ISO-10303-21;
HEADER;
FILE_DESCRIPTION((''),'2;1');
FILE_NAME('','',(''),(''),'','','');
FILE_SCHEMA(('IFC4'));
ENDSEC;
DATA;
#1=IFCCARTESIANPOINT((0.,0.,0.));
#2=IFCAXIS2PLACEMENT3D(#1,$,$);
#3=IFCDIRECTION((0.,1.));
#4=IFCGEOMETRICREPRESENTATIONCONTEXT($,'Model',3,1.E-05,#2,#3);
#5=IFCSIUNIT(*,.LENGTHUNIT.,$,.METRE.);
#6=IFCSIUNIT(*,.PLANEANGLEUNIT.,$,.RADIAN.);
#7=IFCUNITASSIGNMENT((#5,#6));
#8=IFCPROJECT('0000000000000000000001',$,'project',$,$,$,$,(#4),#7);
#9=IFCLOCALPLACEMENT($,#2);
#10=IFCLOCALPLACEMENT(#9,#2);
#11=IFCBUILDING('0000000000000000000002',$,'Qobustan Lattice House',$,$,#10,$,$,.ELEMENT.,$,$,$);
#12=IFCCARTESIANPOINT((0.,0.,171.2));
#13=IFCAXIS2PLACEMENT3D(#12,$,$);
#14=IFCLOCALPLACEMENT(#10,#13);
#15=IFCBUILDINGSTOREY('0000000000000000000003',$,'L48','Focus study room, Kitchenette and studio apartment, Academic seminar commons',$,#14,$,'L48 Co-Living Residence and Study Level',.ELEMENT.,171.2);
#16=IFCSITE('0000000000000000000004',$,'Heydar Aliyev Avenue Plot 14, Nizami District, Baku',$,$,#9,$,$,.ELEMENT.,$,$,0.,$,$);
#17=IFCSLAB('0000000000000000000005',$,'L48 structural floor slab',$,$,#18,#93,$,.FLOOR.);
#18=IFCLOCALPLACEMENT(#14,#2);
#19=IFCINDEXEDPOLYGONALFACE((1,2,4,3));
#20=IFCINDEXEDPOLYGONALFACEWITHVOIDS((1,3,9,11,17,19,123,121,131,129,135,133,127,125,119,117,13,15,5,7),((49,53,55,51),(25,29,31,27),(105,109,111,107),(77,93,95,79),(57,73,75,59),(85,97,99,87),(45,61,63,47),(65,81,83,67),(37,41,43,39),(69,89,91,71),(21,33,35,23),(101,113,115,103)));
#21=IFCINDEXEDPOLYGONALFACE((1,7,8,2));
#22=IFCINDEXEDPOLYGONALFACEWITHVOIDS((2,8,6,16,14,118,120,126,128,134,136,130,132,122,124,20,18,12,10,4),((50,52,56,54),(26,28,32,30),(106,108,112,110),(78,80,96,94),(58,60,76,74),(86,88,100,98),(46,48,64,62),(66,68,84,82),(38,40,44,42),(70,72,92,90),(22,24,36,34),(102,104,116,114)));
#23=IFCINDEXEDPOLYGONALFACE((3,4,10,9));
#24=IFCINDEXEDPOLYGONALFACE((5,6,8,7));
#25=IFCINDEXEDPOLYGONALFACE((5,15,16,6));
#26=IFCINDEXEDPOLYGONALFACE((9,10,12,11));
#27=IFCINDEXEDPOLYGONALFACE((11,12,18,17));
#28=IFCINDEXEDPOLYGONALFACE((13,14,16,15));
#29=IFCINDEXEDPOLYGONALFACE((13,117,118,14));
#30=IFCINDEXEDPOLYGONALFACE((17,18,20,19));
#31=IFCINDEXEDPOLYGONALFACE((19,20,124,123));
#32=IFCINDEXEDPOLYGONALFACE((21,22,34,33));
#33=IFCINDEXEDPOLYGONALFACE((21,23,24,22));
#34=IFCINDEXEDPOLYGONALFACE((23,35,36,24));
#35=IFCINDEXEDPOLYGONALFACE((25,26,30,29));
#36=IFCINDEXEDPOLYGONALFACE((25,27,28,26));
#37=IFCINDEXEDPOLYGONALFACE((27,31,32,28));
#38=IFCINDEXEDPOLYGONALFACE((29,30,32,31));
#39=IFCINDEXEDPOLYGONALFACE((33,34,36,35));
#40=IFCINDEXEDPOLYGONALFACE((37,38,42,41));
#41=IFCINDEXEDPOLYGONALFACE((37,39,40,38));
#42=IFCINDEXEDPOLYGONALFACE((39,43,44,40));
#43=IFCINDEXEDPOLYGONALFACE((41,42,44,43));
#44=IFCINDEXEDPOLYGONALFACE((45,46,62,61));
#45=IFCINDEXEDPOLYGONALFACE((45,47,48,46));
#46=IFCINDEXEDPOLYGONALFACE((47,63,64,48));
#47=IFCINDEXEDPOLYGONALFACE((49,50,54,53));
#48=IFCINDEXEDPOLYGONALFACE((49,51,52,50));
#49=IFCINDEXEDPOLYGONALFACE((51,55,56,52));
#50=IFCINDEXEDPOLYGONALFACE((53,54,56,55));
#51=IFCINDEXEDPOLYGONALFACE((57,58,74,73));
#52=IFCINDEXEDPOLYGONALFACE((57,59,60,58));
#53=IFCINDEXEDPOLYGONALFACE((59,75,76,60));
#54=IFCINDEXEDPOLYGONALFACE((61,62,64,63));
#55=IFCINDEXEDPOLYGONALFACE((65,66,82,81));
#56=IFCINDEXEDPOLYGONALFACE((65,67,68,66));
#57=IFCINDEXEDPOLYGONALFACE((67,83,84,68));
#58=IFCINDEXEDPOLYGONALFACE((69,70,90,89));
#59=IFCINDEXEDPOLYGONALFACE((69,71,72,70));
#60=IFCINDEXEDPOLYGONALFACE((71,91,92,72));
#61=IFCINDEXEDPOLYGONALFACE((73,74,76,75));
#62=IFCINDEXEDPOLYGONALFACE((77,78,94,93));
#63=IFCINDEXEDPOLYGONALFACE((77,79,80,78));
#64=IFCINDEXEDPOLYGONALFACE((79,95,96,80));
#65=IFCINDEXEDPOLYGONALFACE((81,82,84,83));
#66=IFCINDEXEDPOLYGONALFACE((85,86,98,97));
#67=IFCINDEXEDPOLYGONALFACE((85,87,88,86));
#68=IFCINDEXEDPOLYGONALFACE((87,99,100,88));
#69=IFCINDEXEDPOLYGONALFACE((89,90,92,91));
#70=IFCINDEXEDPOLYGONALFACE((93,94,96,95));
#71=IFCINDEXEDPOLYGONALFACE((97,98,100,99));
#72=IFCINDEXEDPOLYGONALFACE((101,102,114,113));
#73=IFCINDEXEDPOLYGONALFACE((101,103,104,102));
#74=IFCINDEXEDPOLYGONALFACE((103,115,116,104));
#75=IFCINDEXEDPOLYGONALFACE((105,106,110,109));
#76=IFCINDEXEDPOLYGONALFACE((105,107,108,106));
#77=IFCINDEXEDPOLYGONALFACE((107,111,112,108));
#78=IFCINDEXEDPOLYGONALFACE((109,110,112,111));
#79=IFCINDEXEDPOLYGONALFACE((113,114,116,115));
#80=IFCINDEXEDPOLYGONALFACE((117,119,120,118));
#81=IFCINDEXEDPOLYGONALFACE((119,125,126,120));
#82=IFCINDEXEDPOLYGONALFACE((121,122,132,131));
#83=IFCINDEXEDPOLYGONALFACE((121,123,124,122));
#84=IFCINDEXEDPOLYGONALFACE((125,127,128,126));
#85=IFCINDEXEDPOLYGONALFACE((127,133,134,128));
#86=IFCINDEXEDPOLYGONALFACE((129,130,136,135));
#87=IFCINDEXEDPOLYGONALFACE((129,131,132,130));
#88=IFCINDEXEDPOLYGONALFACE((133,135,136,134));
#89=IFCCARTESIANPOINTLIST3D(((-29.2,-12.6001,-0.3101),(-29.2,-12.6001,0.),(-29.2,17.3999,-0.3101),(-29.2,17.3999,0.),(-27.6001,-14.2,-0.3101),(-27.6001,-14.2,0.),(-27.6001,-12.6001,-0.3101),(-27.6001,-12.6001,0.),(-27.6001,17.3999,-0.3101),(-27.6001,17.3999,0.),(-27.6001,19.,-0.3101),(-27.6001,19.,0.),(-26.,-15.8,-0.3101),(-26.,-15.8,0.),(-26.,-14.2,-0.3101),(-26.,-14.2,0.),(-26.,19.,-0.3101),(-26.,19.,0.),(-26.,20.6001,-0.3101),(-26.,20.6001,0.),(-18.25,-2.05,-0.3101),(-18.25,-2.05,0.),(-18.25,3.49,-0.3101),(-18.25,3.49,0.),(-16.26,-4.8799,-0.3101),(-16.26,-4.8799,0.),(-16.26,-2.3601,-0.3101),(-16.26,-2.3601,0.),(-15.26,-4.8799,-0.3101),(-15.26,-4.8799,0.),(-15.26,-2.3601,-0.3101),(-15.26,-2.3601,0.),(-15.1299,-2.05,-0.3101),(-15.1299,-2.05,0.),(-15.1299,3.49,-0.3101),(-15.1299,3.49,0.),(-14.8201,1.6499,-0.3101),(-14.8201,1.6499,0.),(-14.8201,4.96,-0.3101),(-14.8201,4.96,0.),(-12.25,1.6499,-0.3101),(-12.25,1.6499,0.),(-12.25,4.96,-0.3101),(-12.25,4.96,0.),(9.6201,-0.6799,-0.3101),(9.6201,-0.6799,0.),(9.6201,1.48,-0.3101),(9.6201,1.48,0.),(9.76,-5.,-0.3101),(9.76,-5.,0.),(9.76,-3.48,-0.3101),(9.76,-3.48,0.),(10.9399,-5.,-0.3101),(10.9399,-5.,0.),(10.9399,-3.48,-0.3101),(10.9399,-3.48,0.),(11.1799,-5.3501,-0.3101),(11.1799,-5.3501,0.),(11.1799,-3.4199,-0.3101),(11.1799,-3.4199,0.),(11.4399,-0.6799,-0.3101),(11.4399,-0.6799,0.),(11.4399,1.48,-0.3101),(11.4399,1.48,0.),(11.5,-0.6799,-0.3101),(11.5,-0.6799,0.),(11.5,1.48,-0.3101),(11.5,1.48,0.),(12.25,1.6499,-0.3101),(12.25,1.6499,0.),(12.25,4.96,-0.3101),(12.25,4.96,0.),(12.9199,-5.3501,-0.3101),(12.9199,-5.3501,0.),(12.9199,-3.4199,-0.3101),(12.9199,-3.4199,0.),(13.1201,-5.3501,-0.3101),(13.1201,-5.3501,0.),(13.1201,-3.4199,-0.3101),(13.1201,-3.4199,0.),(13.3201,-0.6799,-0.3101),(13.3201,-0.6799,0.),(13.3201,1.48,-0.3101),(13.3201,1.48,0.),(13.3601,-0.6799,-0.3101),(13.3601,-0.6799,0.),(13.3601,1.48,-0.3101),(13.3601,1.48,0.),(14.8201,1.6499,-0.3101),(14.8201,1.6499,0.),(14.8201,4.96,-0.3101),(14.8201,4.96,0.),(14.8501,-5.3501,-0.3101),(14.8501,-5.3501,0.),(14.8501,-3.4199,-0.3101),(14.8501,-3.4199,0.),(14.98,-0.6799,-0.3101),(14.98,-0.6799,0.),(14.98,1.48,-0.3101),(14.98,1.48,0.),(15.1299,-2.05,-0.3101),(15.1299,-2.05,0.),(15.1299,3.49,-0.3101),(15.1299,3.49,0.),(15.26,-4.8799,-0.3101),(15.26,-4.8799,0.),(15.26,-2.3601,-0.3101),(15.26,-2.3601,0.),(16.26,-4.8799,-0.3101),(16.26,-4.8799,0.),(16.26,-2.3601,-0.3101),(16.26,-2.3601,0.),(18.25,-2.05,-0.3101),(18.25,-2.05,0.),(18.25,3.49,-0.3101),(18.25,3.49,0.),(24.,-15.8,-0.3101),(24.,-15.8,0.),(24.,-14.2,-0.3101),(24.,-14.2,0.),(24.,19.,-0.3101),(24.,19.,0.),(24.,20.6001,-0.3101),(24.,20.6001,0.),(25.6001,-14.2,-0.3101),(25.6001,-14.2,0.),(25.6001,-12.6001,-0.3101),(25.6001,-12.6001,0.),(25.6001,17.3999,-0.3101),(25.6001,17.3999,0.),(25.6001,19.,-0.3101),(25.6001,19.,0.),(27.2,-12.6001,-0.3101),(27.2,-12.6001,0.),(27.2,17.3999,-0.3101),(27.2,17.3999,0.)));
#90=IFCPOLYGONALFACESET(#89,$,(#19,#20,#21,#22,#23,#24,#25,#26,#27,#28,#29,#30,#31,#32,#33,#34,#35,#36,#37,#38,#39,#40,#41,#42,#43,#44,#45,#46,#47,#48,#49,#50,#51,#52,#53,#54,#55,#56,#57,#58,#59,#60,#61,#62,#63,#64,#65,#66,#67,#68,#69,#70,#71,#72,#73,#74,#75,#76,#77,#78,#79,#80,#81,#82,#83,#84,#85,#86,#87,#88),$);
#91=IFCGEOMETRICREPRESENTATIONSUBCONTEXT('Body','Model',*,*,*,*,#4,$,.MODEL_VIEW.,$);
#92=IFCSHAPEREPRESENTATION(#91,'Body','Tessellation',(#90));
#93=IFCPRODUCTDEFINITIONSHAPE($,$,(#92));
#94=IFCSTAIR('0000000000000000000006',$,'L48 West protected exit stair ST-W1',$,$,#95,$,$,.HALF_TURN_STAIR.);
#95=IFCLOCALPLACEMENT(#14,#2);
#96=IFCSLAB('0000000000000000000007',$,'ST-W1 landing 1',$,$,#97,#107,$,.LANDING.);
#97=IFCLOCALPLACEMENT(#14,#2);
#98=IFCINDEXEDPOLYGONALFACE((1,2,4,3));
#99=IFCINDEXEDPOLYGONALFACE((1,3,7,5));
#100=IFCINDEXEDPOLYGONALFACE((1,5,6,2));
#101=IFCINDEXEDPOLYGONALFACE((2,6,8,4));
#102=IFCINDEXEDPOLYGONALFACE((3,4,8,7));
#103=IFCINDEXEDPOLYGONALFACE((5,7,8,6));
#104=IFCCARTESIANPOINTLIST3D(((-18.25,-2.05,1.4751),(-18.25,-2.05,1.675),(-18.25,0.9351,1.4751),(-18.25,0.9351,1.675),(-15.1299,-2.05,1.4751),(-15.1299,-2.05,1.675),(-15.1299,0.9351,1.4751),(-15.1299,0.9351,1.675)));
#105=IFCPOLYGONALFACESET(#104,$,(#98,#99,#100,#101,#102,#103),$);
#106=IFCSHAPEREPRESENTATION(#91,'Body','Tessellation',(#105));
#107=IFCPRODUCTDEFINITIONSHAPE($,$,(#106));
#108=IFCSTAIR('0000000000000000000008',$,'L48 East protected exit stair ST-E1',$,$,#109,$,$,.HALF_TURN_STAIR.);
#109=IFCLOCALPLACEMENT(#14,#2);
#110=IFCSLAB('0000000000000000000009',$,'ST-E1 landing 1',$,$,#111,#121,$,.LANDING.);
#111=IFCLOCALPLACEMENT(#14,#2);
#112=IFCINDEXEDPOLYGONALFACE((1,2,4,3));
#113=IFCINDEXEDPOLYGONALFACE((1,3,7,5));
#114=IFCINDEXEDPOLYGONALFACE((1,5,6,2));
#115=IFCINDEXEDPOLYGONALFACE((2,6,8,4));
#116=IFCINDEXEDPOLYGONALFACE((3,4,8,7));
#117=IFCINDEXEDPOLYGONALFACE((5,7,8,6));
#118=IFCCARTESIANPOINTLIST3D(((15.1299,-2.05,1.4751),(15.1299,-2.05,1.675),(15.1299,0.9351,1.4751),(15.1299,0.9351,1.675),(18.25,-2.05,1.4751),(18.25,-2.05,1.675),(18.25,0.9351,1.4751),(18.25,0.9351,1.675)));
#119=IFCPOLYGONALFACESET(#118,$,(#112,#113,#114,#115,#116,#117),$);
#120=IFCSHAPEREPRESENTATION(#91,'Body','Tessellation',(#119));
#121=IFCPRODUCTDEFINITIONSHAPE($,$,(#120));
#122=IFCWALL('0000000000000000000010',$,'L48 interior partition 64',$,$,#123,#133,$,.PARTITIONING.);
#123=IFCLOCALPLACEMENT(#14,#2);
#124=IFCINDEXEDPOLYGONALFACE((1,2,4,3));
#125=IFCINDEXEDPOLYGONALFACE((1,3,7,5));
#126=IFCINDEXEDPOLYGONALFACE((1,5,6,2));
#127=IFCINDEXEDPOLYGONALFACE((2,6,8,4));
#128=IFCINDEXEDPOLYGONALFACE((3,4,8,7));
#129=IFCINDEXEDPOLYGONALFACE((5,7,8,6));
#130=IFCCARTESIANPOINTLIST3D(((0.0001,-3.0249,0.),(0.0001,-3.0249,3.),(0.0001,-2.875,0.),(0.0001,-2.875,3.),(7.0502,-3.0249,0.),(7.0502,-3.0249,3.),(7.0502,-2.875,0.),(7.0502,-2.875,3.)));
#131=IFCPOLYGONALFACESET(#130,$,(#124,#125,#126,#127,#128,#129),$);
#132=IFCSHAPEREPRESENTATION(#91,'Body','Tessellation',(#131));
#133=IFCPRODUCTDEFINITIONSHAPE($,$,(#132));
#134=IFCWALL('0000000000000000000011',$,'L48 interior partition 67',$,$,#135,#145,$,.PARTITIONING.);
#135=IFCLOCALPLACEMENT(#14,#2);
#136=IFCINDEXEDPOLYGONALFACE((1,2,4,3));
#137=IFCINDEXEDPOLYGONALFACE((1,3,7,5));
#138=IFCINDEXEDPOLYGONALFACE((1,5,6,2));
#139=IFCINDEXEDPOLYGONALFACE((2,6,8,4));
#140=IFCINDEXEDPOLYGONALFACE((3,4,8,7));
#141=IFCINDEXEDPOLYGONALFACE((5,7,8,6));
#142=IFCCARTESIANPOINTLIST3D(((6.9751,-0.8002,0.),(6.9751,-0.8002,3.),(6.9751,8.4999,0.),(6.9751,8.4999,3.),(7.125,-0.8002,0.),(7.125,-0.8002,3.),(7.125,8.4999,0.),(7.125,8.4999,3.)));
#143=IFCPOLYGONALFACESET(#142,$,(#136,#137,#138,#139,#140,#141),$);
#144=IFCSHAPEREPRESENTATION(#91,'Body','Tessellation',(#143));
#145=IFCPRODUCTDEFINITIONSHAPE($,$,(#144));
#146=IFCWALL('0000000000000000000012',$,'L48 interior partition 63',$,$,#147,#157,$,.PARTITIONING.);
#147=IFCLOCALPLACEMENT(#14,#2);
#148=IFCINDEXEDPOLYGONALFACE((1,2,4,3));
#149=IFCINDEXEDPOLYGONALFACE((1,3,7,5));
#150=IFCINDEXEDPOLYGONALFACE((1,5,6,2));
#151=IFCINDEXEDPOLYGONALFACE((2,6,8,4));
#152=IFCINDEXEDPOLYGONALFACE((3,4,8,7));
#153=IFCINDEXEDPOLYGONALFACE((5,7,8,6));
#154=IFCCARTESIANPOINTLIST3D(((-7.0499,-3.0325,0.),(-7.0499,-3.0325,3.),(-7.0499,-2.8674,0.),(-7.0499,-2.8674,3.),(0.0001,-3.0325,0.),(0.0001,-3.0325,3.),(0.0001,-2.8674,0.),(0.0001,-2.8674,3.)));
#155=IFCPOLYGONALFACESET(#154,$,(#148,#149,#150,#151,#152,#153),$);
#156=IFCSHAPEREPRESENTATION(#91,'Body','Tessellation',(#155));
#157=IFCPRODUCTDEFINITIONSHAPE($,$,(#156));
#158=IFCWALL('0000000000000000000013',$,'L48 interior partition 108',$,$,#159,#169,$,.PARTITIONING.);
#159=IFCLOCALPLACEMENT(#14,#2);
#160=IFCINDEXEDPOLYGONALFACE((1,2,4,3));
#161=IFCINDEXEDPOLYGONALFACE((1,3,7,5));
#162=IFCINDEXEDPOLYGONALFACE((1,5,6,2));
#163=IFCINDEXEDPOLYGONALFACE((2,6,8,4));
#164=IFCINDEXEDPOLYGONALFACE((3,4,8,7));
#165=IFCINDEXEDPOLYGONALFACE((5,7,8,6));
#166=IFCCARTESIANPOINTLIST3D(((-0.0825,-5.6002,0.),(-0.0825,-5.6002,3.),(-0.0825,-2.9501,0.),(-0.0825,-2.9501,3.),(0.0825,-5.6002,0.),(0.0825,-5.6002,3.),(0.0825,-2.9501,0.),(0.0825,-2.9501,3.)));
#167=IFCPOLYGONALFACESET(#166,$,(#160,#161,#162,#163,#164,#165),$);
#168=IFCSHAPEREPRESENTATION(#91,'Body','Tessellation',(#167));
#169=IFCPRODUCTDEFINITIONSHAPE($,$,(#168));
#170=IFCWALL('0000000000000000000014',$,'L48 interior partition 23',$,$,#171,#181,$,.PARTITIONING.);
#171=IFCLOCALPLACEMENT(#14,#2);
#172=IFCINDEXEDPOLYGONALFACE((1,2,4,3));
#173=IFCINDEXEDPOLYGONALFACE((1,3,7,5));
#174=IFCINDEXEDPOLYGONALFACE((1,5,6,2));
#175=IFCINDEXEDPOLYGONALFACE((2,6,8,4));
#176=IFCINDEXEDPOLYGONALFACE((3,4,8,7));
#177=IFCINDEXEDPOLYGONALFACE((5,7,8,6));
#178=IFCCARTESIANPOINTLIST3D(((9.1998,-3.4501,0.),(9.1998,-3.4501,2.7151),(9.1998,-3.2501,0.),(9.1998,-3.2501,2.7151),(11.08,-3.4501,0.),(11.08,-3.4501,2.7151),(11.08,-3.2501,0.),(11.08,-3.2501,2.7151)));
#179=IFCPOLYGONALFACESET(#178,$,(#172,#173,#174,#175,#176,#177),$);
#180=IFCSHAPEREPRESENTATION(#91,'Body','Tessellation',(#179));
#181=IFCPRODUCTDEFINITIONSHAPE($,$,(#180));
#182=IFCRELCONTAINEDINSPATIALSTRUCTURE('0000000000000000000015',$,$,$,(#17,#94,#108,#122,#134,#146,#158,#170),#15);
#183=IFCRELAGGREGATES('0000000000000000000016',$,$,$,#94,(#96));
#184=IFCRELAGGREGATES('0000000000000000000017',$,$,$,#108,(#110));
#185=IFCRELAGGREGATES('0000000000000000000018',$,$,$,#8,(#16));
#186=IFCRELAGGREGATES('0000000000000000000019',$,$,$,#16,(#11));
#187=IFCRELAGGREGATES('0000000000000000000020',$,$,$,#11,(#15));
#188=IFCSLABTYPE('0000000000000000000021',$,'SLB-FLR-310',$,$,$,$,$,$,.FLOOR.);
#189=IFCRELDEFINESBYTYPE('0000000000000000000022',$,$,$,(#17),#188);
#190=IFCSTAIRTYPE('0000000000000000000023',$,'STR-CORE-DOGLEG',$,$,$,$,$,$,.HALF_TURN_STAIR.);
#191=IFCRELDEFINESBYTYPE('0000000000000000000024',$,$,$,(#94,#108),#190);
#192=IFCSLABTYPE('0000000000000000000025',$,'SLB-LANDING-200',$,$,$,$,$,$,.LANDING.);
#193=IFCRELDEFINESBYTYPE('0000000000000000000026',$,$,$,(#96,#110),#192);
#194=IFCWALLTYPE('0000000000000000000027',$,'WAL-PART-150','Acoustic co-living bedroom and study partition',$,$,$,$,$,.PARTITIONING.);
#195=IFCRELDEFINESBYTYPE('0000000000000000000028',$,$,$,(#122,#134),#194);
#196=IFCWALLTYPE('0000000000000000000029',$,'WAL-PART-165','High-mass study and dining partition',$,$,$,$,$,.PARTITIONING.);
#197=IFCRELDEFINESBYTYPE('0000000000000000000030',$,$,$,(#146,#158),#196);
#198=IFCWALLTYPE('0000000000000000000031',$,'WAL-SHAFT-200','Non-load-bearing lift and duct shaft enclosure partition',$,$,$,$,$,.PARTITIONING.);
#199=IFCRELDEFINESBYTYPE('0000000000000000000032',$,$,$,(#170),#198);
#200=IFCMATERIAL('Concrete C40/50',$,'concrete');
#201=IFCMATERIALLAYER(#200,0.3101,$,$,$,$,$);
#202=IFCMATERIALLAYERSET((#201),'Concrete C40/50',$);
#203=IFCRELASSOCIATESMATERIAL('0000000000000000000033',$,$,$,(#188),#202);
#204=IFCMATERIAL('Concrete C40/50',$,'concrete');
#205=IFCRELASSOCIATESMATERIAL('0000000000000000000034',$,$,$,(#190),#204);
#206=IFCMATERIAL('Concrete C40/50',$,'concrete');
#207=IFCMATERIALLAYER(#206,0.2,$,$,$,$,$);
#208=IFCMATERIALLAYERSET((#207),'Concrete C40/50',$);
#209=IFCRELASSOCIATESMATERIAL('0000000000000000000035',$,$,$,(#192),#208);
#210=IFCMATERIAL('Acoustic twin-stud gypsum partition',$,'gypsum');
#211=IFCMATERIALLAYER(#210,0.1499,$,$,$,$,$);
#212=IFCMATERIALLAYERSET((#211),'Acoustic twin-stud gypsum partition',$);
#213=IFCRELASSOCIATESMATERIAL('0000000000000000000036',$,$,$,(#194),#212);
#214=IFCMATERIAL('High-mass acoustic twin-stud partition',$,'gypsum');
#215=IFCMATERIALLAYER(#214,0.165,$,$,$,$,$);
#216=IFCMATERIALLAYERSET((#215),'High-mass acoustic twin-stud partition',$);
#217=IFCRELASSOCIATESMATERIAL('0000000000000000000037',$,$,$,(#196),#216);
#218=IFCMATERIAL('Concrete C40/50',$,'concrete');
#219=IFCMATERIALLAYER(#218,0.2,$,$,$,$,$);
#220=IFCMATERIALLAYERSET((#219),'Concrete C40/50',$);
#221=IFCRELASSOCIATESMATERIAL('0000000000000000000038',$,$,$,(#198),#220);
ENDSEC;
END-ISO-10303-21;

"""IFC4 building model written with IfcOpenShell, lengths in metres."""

from ifc_helpers import new_model, si_unit, direction, frame, frame_2d, origin, place, context, subcontext, project, spatial, polyline, rectangle, outline, extrude, material, layer, layer_set, type_object, element, aggregate, save


model = new_model("IFC4")

# Units and contexts
model_context = context("Model", 3, precision=1e-05, world=origin(), true_north=direction((0.0, 1.0)))
body_context = subcontext(model_context, "Body", "Model", "MODEL_VIEW")
ifc_project = project(units=[si_unit("LENGTHUNIT", "METRE"), si_unit("PLANEANGLEUNIT", "RADIAN")], contexts=[model_context])

# Site, building, storey
site_placement = place(None, origin())
site = spatial("IfcSite", under=ifc_project, at=site_placement, Name="Heydar Aliyev Avenue Plot 14, Nizami District, Baku", CompositionType="ELEMENT", RefElevation=0.0)
building_placement = place(site_placement, origin())
building = spatial("IfcBuilding", under=site, at=building_placement, Name="Qobustan Lattice House", CompositionType="ELEMENT")
storey_placement = place(building_placement, frame((0.0, 0.0, 171.2)))
storey = spatial("IfcBuildingStorey", under=building, at=storey_placement, Name="L48", Description="Focus study room, Kitchenette and studio apartment, Academic seminar commons", LongName="L48 Co-Living Residence and Study Level", CompositionType="ELEMENT", Elevation=171.2)

# Slab
ifc_material_1 = material(Name="Concrete C40/50", Category="concrete")
ifc_layer_1 = layer(ifc_material_1, 0.3101)
ifc_layer_set_1 = layer_set([ifc_layer_1], Name="Concrete C40/50")
slab_type_1 = type_object("IfcSlabType", Name="SLB-FLR-310", PredefinedType="FLOOR", material=ifc_layer_set_1)
slab_1_placement = place(storey_placement, frame((0.0, 0.0, -0.3101)))
element("IfcSlab", 1, at=slab_1_placement, inside=storey, type_object=slab_type_1, Name="L48 structural floor slab", PredefinedType="FLOOR", context=body_context, shape_type="SweptSolid", body=[
    extrude(outline(polyline([(-26.0, -15.8), (24.0, -15.8), (24.0, -14.2), (25.6001, -14.2), (25.6001, -12.6001), (27.2, -12.6001), (27.2, 17.3999), (25.6001, 17.3999), (25.6001, 19.0), (24.0, 19.0), (24.0, 20.6001), (-26.0, 20.6001), (-26.0, 19.0), (-27.6001, 19.0), (-27.6001, 17.3999), (-29.2, 17.3999), (-29.2, -12.6001), (-27.6001, -12.6001), (-27.6001, -14.2), (-26.0, -14.2), (-26.0, -15.8)]), holes=[polyline([(-18.25, -2.05), (-18.25, 3.49), (-15.1299, 3.49), (-15.1299, -2.05), (-18.25, -2.05)]), polyline([(15.1299, -2.05), (15.1299, 3.49), (18.25, 3.49), (18.25, -2.05), (15.1299, -2.05)]), polyline([(-14.8201, 1.6499), (-14.8201, 4.96), (-12.25, 4.96), (-12.25, 1.6499), (-14.8201, 1.6499)]), polyline([(12.25, 1.6499), (12.25, 4.96), (14.8201, 4.96), (14.8201, 1.6499), (12.25, 1.6499)]), polyline([(-16.26, -4.8799), (-16.26, -2.3601), (-15.26, -2.3601), (-15.26, -4.8799), (-16.26, -4.8799)]), polyline([(15.26, -4.8799), (15.26, -2.3601), (16.26, -2.3601), (16.26, -4.8799), (15.26, -4.8799)]), polyline([(11.1799, -5.3501), (11.1799, -3.4199), (12.9199, -3.4199), (12.9199, -5.3501), (11.1799, -5.3501)]), polyline([(13.1201, -5.3501), (13.1201, -3.4199), (14.8501, -3.4199), (14.8501, -5.3501), (13.1201, -5.3501)]), polyline([(9.76, -5.0), (9.76, -3.48), (10.9399, -3.48), (10.9399, -5.0), (9.76, -5.0)]), polyline([(13.3601, -0.6799), (13.3601, 1.48), (14.98, 1.48), (14.98, -0.6799), (13.3601, -0.6799)]), polyline([(9.6201, -0.6799), (9.6201, 1.48), (11.4399, 1.48), (11.4399, -0.6799), (9.6201, -0.6799)]), polyline([(11.5, -0.6799), (11.5, 1.48), (13.3201, 1.48), (13.3201, -0.6799), (11.5, -0.6799)])]), origin(), (0.0, 0.0, 1.0), 0.3101),
])

# Stairs, slabs
ifc_material_2 = material(Name="Concrete C40/50", Category="concrete")
stair_type = type_object("IfcStairType", Name="STR-CORE-DOGLEG", PredefinedType="HALF_TURN_STAIR", material=ifc_material_2)
stair_1_placement = place(storey_placement, origin())
stair_1 = element("IfcStair", 2, at=stair_1_placement, inside=storey, type_object=stair_type, Name="L48 West protected exit stair ST-W1", PredefinedType="HALF_TURN_STAIR")
ifc_material_3 = material(Name="Concrete C40/50", Category="concrete")
ifc_layer_2 = layer(ifc_material_3, 0.2)
ifc_layer_set_2 = layer_set([ifc_layer_2], Name="Concrete C40/50")
slab_type_2 = type_object("IfcSlabType", Name="SLB-LANDING-200", PredefinedType="LANDING", material=ifc_layer_set_2)
slab_2_placement = place(storey_placement, frame((0.0, 0.0, 1.4751)))
slab_2 = element("IfcSlab", 3, at=slab_2_placement, type_object=slab_type_2, Name="ST-W1 landing 1", PredefinedType="LANDING", context=body_context, shape_type="SweptSolid", body=[
    extrude(outline(polyline([(-18.25, 0.9351), (-18.25, -2.05), (-15.1299, -2.05), (-15.1299, 0.9351), (-18.25, 0.9351)])), origin(), (0.0, 0.0, 1.0), 0.2),
])
aggregate(stair_1, [slab_2])
stair_2_placement = place(storey_placement, origin())
stair_2 = element("IfcStair", 4, at=stair_2_placement, inside=storey, type_object=stair_type, Name="L48 East protected exit stair ST-E1", PredefinedType="HALF_TURN_STAIR")
slab_3_placement = place(storey_placement, frame((0.0, 0.0, 1.4751)))
slab_3 = element("IfcSlab", 5, at=slab_3_placement, type_object=slab_type_2, Name="ST-E1 landing 1", PredefinedType="LANDING", context=body_context, shape_type="SweptSolid", body=[
    extrude(outline(polyline([(15.1299, 0.9351), (15.1299, -2.05), (18.25, -2.05), (18.25, 0.9351), (15.1299, 0.9351)])), origin(), (0.0, 0.0, 1.0), 0.2),
])
aggregate(stair_2, [slab_3])

# Walls
ifc_material_4 = material(Name="Acoustic twin-stud gypsum partition", Category="gypsum")
ifc_layer_3 = layer(ifc_material_4, 0.1499)
ifc_layer_set_3 = layer_set([ifc_layer_3], Name="Acoustic twin-stud gypsum partition")
wall_type_1 = type_object("IfcWallType", Name="WAL-PART-150", Description="Acoustic co-living bedroom and study partition", PredefinedType="PARTITIONING", material=ifc_layer_set_3)
wall_1_placement = place(storey_placement, frame((7.05, -2.95, 0.0), z_axis=(0.0, 0.0, 1.0), x_axis=(-1.0, 0.0, 0.0)))
element("IfcWall", 6, at=wall_1_placement, inside=storey, type_object=wall_type_1, Name="L48 interior partition 64", PredefinedType="PARTITIONING", context=body_context, shape_type="SweptSolid", body=[
    extrude(rectangle(XDim=7.05, YDim=0.1499, at=frame_2d((3.5249, 0.0))), origin(), (0.0, 0.0, 1.0), 3.0),
])
wall_2_placement = place(storey_placement, frame((7.05, -0.8, 0.0), z_axis=(0.0, 0.0, 1.0), x_axis=(0.0, 1.0, 0.0)))
element("IfcWall", 7, at=wall_2_placement, inside=storey, type_object=wall_type_1, Name="L48 interior partition 67", PredefinedType="PARTITIONING", context=body_context, shape_type="SweptSolid", body=[
    extrude(rectangle(XDim=9.3, YDim=0.1499, at=frame_2d((4.6499, 0.0))), origin(), (0.0, 0.0, 1.0), 3.0),
])
ifc_material_5 = material(Name="High-mass acoustic twin-stud partition", Category="gypsum")
ifc_layer_4 = layer(ifc_material_5, 0.165)
ifc_layer_set_4 = layer_set([ifc_layer_4], Name="High-mass acoustic twin-stud partition")
wall_type_2 = type_object("IfcWallType", Name="WAL-PART-165", Description="High-mass study and dining partition", PredefinedType="PARTITIONING", material=ifc_layer_set_4)
wall_3_placement = place(storey_placement, frame((0.0, -2.95, 0.0), z_axis=(0.0, 0.0, 1.0), x_axis=(-1.0, 0.0, 0.0)))
element("IfcWall", 8, at=wall_3_placement, inside=storey, type_object=wall_type_2, Name="L48 interior partition 63", PredefinedType="PARTITIONING", context=body_context, shape_type="SweptSolid", body=[
    extrude(rectangle(XDim=7.05, YDim=0.165, at=frame_2d((3.5249, 0.0))), origin(), (0.0, 0.0, 1.0), 3.0),
])
wall_4_placement = place(storey_placement, frame((0.0, -2.95, 0.0), z_axis=(0.0, 0.0, 1.0), x_axis=(0.0, -1.0, 0.0)))
element("IfcWall", 9, at=wall_4_placement, inside=storey, type_object=wall_type_2, Name="L48 interior partition 108", PredefinedType="PARTITIONING", context=body_context, shape_type="SweptSolid", body=[
    extrude(rectangle(XDim=2.6501, YDim=0.165, at=frame_2d((1.3252, 0.0))), origin(), (0.0, 0.0, 1.0), 3.0),
])
ifc_material_6 = material(Name="Concrete C40/50", Category="concrete")
ifc_layer_5 = layer(ifc_material_6, 0.2)
ifc_layer_set_5 = layer_set([ifc_layer_5], Name="Concrete C40/50")
wall_type_3 = type_object("IfcWallType", Name="WAL-SHAFT-200", Description="Non-load-bearing lift and duct shaft enclosure partition", PredefinedType="PARTITIONING", material=ifc_layer_set_5)
wall_5_placement = place(storey_placement, frame((9.2, -3.3501, 0.0), z_axis=(0.0, 0.0, 1.0), x_axis=(1.0, 0.0, 0.0)))
element("IfcWall", 10, at=wall_5_placement, inside=storey, type_object=wall_type_3, Name="L48 interior partition 23", PredefinedType="PARTITIONING", context=body_context, shape_type="SweptSolid", body=[
    extrude(rectangle(XDim=1.8801, YDim=0.2, at=frame_2d((0.9399, 0.0))), origin(), (0.0, 0.0, 1.0), 2.7151),
])

save(model, "model.ifc")
